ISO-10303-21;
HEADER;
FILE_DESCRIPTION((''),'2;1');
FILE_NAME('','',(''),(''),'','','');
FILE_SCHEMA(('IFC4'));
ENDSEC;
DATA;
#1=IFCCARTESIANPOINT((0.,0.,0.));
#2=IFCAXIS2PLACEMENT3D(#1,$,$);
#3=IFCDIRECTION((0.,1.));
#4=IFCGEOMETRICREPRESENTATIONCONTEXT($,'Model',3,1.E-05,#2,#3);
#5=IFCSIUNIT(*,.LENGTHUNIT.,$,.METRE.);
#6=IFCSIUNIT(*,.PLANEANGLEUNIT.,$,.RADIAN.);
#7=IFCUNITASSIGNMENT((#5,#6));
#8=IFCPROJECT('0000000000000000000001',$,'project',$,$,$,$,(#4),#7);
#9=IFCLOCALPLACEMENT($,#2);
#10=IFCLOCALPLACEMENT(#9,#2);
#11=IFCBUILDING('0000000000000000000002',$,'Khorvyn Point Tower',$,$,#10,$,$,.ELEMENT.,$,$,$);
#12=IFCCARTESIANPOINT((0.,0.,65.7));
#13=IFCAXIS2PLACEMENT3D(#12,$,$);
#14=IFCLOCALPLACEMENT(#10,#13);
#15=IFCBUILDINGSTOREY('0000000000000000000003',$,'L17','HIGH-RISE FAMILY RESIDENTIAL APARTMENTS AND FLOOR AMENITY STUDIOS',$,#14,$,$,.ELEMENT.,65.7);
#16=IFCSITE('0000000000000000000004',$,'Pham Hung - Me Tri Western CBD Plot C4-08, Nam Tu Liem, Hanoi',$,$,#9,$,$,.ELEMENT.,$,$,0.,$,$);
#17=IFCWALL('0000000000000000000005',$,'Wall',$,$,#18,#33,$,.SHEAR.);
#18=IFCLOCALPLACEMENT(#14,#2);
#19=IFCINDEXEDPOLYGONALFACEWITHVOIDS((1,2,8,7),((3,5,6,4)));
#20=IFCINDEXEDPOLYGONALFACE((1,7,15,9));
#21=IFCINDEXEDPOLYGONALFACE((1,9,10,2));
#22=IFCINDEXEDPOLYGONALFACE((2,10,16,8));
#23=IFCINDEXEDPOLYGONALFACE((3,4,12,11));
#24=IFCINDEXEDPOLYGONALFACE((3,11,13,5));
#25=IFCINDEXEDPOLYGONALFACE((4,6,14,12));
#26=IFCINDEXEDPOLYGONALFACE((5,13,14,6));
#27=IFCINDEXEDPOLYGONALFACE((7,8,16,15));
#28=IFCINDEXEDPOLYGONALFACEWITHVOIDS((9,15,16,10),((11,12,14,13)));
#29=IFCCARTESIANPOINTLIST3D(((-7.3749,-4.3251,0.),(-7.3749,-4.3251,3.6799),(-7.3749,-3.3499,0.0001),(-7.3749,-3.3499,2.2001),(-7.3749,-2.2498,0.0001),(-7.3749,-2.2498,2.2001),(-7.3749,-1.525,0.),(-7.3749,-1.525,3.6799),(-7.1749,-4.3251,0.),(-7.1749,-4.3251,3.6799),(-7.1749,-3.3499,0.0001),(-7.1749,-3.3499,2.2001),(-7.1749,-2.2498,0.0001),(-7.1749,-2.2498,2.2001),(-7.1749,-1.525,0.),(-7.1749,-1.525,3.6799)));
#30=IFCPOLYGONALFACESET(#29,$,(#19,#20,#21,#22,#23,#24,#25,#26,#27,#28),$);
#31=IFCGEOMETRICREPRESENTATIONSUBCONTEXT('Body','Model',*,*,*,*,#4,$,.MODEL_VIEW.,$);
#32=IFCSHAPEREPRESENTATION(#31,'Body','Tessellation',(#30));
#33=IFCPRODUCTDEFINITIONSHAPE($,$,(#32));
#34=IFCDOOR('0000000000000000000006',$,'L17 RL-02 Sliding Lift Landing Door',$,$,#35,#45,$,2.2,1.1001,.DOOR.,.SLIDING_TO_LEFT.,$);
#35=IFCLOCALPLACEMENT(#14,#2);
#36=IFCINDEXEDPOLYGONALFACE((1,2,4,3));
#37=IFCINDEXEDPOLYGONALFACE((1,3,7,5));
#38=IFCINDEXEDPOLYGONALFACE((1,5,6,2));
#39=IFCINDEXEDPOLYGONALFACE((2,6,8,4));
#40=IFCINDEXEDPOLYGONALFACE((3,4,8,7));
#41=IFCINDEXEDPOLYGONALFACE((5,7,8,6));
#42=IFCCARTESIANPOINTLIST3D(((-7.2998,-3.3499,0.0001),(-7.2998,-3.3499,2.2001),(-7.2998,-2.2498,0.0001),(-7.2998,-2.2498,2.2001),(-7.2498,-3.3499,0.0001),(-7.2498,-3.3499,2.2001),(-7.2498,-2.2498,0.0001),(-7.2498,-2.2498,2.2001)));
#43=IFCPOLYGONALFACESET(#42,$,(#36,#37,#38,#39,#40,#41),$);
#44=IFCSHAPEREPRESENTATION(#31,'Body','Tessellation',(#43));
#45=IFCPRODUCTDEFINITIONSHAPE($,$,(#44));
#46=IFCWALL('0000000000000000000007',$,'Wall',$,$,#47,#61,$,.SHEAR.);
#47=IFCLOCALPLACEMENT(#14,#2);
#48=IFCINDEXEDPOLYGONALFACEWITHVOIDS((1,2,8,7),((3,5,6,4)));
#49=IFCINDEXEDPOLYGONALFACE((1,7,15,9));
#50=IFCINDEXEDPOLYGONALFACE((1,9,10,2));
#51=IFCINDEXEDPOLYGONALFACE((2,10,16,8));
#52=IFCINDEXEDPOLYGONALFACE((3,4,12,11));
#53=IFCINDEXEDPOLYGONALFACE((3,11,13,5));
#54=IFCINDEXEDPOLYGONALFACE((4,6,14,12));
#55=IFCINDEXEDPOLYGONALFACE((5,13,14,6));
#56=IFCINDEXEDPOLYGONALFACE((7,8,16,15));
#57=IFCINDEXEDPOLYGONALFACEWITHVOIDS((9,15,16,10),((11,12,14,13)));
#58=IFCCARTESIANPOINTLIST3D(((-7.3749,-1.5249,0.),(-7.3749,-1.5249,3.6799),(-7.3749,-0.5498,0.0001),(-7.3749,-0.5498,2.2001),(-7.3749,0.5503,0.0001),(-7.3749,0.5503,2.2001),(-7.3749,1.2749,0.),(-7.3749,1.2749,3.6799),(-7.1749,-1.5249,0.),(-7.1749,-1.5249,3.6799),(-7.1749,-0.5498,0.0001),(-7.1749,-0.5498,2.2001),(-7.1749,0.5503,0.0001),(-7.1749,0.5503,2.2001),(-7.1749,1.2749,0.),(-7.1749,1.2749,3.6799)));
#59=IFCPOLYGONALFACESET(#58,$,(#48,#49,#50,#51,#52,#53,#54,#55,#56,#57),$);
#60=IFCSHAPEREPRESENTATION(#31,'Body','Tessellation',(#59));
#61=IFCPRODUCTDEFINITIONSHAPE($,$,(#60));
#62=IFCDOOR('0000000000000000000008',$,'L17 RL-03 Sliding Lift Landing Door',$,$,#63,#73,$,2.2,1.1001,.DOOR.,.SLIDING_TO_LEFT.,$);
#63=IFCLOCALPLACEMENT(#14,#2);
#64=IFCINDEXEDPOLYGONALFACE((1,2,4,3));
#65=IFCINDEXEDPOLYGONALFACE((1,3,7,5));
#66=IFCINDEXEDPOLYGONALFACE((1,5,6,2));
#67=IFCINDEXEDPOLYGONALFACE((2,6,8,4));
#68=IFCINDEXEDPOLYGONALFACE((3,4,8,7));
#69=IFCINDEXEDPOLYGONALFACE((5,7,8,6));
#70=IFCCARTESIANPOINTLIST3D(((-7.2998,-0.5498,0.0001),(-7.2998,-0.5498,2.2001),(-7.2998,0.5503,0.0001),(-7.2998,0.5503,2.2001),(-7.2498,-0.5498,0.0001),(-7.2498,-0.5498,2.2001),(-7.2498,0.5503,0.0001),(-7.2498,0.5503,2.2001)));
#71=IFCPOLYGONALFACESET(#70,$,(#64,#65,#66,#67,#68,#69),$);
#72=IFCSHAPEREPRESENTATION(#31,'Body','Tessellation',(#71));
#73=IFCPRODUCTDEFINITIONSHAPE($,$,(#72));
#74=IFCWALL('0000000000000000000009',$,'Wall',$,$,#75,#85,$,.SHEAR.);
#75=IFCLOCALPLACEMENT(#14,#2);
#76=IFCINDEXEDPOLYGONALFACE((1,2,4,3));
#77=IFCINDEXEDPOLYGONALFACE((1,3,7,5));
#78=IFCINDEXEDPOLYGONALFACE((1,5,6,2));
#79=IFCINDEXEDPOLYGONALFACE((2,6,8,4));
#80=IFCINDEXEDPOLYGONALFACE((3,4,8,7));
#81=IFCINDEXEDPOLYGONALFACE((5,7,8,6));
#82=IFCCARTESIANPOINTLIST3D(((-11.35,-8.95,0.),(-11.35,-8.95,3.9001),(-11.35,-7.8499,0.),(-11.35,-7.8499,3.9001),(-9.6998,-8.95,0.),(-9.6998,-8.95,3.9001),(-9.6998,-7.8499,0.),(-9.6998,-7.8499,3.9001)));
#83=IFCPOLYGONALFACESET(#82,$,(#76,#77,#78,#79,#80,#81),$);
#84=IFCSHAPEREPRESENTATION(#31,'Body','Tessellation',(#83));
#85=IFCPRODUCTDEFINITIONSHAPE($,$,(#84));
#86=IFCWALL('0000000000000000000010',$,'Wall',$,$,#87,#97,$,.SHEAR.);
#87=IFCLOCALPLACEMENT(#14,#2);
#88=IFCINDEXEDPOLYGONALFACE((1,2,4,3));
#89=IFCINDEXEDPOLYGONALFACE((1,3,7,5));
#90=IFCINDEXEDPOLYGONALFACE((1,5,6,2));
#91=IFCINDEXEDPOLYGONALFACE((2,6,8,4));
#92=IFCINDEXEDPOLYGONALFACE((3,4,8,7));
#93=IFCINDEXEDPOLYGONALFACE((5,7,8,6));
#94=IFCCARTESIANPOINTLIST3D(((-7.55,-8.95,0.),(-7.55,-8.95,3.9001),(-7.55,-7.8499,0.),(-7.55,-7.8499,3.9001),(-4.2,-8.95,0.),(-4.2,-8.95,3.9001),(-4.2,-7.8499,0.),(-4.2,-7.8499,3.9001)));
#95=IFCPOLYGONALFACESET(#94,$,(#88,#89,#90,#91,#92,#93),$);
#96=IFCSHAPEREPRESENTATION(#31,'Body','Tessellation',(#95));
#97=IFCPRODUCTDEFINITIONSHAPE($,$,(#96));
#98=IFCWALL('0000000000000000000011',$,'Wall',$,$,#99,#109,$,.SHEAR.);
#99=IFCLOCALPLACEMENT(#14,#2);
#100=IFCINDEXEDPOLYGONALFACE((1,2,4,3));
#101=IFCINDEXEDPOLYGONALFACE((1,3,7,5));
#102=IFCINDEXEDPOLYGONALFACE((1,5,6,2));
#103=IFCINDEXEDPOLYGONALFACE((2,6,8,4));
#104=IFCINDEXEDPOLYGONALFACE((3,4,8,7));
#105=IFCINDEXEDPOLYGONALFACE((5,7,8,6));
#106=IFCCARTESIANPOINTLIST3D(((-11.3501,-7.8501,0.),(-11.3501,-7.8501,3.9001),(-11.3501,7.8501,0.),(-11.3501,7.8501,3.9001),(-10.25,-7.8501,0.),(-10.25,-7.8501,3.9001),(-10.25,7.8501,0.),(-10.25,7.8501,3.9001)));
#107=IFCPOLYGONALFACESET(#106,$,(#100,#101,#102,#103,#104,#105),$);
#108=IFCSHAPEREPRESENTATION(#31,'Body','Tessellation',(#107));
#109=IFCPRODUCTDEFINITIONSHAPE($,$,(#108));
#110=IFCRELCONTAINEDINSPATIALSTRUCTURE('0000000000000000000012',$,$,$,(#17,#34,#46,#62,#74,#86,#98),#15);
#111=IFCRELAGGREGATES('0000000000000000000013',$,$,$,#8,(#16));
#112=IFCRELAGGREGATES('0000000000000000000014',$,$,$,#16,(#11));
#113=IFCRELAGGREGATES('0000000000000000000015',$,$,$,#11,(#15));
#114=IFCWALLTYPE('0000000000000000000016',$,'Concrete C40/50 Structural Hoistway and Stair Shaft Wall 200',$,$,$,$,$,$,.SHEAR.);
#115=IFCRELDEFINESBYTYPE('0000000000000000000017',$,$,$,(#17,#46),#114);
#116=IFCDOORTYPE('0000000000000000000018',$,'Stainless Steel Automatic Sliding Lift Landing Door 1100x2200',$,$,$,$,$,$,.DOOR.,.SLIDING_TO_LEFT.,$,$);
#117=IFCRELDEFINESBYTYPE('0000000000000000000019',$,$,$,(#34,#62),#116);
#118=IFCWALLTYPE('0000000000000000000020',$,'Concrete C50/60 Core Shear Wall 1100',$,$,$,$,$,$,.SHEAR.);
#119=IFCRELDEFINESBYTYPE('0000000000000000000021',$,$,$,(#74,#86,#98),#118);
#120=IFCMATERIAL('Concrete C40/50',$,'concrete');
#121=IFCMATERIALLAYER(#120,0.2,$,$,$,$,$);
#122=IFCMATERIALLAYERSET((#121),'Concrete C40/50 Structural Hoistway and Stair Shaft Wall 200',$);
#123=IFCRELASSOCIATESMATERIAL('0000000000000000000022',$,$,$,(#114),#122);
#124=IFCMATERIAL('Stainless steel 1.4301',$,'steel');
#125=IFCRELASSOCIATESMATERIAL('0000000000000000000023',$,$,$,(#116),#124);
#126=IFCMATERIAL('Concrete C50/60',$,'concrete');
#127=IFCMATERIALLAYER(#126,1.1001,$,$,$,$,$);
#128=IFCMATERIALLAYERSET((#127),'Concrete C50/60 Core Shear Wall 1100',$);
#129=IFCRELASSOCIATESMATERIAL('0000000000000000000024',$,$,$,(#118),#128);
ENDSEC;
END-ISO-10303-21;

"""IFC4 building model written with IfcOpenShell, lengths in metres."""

from ifc_helpers import new_model, si_unit, direction, frame, frame_2d, origin, place, context, subcontext, project, spatial, rectangle, extrude, material, layer, layer_set, type_object, element, fill, save


model = new_model("IFC4")

# Units and contexts
model_context = context("Model", 3, precision=1e-05, world=origin(), true_north=direction((0.0, 1.0)))
body_context = subcontext(model_context, "Body", "Model", "MODEL_VIEW")
ifc_project = project(units=[si_unit("LENGTHUNIT", "METRE"), si_unit("PLANEANGLEUNIT", "RADIAN")], contexts=[model_context])

# Site, building, storey
site_placement = place(None, origin())
site = spatial("IfcSite", under=ifc_project, at=site_placement, Name="Pham Hung - Me Tri Western CBD Plot C4-08, Nam Tu Liem, Hanoi", CompositionType="ELEMENT", RefElevation=0.0)
building_placement = place(site_placement, origin())
building = spatial("IfcBuilding", under=site, at=building_placement, Name="Khorvyn Point Tower", CompositionType="ELEMENT")
storey_placement = place(building_placement, frame((0.0, 0.0, 65.7)))
storey = spatial("IfcBuildingStorey", under=building, at=storey_placement, Name="L17", Description="HIGH-RISE FAMILY RESIDENTIAL APARTMENTS AND FLOOR AMENITY STUDIOS", CompositionType="ELEMENT", Elevation=65.7)

# Shared definitions
ifc_material_1 = material(Name="Concrete C50/60", Category="concrete")

# Shared definitions
ifc_material_2 = material(Name="Concrete C40/50", Category="concrete")
ifc_layer_1 = layer(ifc_material_2, 0.2)
ifc_layer_set_1 = layer_set([ifc_layer_1], Name="Concrete C40/50 Structural Hoistway and Stair Shaft Wall 200")
wall_type_1 = type_object("IfcWallType", Name="Concrete C40/50 Structural Hoistway and Stair Shaft Wall 200", PredefinedType="SHEAR", material=ifc_layer_set_1)
ifc_material_3 = material(Name="Stainless steel 1.4301", Category="steel")
door_type_1 = type_object("IfcDoorType", Name="Stainless Steel Automatic Sliding Lift Landing Door 1100x2200", OperationType="SLIDING_TO_LEFT", PredefinedType="DOOR", material=ifc_material_3)

# Walls, openings, doors
wall_1_placement = place(storey_placement, frame((-7.2749, -4.325, 0.0), z_axis=(0.0, 0.0, 1.0), x_axis=(0.0, 1.0, 0.0)))
wall_1 = element("IfcWall", 1, at=wall_1_placement, inside=storey, type_object=wall_type_1, Name="Wall", PredefinedType="SHEAR", context=body_context, shape_type="SweptSolid", body=[
    extrude(rectangle(XDim=2.8, YDim=0.2, at=frame_2d((1.3999, 0.0))), origin(), (0.0, 0.0, 1.0), 3.6799),
])
opening_1_placement = place(wall_1_placement, frame((0.9751, 0.0, 0.0)))
opening_1 = element("IfcOpeningElement", 2, at=opening_1_placement, cuts=wall_1, PredefinedType="OPENING", context=body_context, shape_type="SweptSolid", body=[
    extrude(rectangle(XDim=1.1001, YDim=2.2, at=frame_2d((0.55, 1.1001))), frame((0.0, 0.1099, 0.0), z_axis=(0.0, -1.0, 0.0), x_axis=(1.0, 0.0, 0.0)), (0.0, 0.0, 1.0), 0.22),
])
door_1_placement = place(opening_1_placement, origin())
door_1 = element("IfcDoor", 3, at=door_1_placement, inside=storey, type_object=door_type_1, Name="L17 RL-02 Sliding Lift Landing Door", OperationType="SLIDING_TO_LEFT", OverallHeight=2.2, OverallWidth=1.1001, PredefinedType="DOOR", context=body_context, shape_type="SweptSolid", body=[
    extrude(rectangle(XDim=1.1001, YDim=2.2, at=frame_2d((0.55, 1.1001))), frame((0.0, 0.0249, 0.0), z_axis=(0.0, -1.0, 0.0), x_axis=(1.0, 0.0, 0.0)), (0.0, 0.0, 1.0), 0.05),
])
fill(opening_1, door_1)
wall_2_placement = place(storey_placement, frame((-7.2749, -1.5249, 0.0), z_axis=(0.0, 0.0, 1.0), x_axis=(0.0, 1.0, 0.0)))
wall_2 = element("IfcWall", 4, at=wall_2_placement, inside=storey, type_object=wall_type_1, Name="Wall", PredefinedType="SHEAR", context=body_context, shape_type="SweptSolid", body=[
    extrude(rectangle(XDim=2.7998, YDim=0.2, at=frame_2d((1.3999, 0.0))), origin(), (0.0, 0.0, 1.0), 3.6799),
])
opening_2_placement = place(wall_2_placement, frame((0.9751, 0.0, 0.0)))
opening_2 = element("IfcOpeningElement", 5, at=opening_2_placement, cuts=wall_2, PredefinedType="OPENING", context=body_context, shape_type="SweptSolid", body=[
    extrude(rectangle(XDim=1.1001, YDim=2.2, at=frame_2d((0.55, 1.1001))), frame((0.0, 0.1099, 0.0), z_axis=(0.0, -1.0, 0.0), x_axis=(1.0, 0.0, 0.0)), (0.0, 0.0, 1.0), 0.22),
])
door_2_placement = place(opening_2_placement, origin())
door_2 = element("IfcDoor", 6, at=door_2_placement, inside=storey, type_object=door_type_1, Name="L17 RL-03 Sliding Lift Landing Door", OperationType="SLIDING_TO_LEFT", OverallHeight=2.2, OverallWidth=1.1001, PredefinedType="DOOR", context=body_context, shape_type="SweptSolid", body=[
    extrude(rectangle(XDim=1.1001, YDim=2.2, at=frame_2d((0.55, 1.1001))), frame((0.0, 0.0249, 0.0), z_axis=(0.0, -1.0, 0.0), x_axis=(1.0, 0.0, 0.0)), (0.0, 0.0, 1.0), 0.05),
])
fill(opening_2, door_2)

# Walls
ifc_layer_2 = layer(ifc_material_1, 1.1001)
ifc_layer_set_2 = layer_set([ifc_layer_2], Name="Concrete C50/60 Core Shear Wall 1100")
wall_type_2 = type_object("IfcWallType", Name="Concrete C50/60 Core Shear Wall 1100", PredefinedType="SHEAR", material=ifc_layer_set_2)
wall_3_placement = place(storey_placement, frame((-11.3501, -8.3999, 0.0), z_axis=(0.0, 0.0, 1.0), x_axis=(1.0, 0.0, 0.0)))
element("IfcWall", 7, at=wall_3_placement, inside=storey, type_object=wall_type_2, Name="Wall", PredefinedType="SHEAR", context=body_context, shape_type="SweptSolid", body=[
    extrude(rectangle(XDim=1.6501, YDim=1.1001, at=frame_2d((0.8252, 0.0))), origin(), (0.0, 0.0, 1.0), 3.9001),
])
wall_4_placement = place(storey_placement, frame((-7.55, -8.3999, 0.0), z_axis=(0.0, 0.0, 1.0), x_axis=(1.0, 0.0, 0.0)))
element("IfcWall", 8, at=wall_4_placement, inside=storey, type_object=wall_type_2, Name="Wall", PredefinedType="SHEAR", context=body_context, shape_type="SweptSolid", body=[
    extrude(rectangle(XDim=3.3501, YDim=1.1001, at=frame_2d((1.675, 0.0))), origin(), (0.0, 0.0, 1.0), 3.9001),
])
wall_5_placement = place(storey_placement, frame((-10.8, -7.8501, 0.0), z_axis=(0.0, 0.0, 1.0), x_axis=(0.0, 1.0, 0.0)))
element("IfcWall", 9, at=wall_5_placement, inside=storey, type_object=wall_type_2, Name="Wall", PredefinedType="SHEAR", context=body_context, shape_type="SweptSolid", body=[
    extrude(rectangle(XDim=15.7002, YDim=1.1001, at=frame_2d((7.8501, 0.0))), origin(), (0.0, 0.0, 1.0), 3.9001),
])

save(model, "model.ifc")
